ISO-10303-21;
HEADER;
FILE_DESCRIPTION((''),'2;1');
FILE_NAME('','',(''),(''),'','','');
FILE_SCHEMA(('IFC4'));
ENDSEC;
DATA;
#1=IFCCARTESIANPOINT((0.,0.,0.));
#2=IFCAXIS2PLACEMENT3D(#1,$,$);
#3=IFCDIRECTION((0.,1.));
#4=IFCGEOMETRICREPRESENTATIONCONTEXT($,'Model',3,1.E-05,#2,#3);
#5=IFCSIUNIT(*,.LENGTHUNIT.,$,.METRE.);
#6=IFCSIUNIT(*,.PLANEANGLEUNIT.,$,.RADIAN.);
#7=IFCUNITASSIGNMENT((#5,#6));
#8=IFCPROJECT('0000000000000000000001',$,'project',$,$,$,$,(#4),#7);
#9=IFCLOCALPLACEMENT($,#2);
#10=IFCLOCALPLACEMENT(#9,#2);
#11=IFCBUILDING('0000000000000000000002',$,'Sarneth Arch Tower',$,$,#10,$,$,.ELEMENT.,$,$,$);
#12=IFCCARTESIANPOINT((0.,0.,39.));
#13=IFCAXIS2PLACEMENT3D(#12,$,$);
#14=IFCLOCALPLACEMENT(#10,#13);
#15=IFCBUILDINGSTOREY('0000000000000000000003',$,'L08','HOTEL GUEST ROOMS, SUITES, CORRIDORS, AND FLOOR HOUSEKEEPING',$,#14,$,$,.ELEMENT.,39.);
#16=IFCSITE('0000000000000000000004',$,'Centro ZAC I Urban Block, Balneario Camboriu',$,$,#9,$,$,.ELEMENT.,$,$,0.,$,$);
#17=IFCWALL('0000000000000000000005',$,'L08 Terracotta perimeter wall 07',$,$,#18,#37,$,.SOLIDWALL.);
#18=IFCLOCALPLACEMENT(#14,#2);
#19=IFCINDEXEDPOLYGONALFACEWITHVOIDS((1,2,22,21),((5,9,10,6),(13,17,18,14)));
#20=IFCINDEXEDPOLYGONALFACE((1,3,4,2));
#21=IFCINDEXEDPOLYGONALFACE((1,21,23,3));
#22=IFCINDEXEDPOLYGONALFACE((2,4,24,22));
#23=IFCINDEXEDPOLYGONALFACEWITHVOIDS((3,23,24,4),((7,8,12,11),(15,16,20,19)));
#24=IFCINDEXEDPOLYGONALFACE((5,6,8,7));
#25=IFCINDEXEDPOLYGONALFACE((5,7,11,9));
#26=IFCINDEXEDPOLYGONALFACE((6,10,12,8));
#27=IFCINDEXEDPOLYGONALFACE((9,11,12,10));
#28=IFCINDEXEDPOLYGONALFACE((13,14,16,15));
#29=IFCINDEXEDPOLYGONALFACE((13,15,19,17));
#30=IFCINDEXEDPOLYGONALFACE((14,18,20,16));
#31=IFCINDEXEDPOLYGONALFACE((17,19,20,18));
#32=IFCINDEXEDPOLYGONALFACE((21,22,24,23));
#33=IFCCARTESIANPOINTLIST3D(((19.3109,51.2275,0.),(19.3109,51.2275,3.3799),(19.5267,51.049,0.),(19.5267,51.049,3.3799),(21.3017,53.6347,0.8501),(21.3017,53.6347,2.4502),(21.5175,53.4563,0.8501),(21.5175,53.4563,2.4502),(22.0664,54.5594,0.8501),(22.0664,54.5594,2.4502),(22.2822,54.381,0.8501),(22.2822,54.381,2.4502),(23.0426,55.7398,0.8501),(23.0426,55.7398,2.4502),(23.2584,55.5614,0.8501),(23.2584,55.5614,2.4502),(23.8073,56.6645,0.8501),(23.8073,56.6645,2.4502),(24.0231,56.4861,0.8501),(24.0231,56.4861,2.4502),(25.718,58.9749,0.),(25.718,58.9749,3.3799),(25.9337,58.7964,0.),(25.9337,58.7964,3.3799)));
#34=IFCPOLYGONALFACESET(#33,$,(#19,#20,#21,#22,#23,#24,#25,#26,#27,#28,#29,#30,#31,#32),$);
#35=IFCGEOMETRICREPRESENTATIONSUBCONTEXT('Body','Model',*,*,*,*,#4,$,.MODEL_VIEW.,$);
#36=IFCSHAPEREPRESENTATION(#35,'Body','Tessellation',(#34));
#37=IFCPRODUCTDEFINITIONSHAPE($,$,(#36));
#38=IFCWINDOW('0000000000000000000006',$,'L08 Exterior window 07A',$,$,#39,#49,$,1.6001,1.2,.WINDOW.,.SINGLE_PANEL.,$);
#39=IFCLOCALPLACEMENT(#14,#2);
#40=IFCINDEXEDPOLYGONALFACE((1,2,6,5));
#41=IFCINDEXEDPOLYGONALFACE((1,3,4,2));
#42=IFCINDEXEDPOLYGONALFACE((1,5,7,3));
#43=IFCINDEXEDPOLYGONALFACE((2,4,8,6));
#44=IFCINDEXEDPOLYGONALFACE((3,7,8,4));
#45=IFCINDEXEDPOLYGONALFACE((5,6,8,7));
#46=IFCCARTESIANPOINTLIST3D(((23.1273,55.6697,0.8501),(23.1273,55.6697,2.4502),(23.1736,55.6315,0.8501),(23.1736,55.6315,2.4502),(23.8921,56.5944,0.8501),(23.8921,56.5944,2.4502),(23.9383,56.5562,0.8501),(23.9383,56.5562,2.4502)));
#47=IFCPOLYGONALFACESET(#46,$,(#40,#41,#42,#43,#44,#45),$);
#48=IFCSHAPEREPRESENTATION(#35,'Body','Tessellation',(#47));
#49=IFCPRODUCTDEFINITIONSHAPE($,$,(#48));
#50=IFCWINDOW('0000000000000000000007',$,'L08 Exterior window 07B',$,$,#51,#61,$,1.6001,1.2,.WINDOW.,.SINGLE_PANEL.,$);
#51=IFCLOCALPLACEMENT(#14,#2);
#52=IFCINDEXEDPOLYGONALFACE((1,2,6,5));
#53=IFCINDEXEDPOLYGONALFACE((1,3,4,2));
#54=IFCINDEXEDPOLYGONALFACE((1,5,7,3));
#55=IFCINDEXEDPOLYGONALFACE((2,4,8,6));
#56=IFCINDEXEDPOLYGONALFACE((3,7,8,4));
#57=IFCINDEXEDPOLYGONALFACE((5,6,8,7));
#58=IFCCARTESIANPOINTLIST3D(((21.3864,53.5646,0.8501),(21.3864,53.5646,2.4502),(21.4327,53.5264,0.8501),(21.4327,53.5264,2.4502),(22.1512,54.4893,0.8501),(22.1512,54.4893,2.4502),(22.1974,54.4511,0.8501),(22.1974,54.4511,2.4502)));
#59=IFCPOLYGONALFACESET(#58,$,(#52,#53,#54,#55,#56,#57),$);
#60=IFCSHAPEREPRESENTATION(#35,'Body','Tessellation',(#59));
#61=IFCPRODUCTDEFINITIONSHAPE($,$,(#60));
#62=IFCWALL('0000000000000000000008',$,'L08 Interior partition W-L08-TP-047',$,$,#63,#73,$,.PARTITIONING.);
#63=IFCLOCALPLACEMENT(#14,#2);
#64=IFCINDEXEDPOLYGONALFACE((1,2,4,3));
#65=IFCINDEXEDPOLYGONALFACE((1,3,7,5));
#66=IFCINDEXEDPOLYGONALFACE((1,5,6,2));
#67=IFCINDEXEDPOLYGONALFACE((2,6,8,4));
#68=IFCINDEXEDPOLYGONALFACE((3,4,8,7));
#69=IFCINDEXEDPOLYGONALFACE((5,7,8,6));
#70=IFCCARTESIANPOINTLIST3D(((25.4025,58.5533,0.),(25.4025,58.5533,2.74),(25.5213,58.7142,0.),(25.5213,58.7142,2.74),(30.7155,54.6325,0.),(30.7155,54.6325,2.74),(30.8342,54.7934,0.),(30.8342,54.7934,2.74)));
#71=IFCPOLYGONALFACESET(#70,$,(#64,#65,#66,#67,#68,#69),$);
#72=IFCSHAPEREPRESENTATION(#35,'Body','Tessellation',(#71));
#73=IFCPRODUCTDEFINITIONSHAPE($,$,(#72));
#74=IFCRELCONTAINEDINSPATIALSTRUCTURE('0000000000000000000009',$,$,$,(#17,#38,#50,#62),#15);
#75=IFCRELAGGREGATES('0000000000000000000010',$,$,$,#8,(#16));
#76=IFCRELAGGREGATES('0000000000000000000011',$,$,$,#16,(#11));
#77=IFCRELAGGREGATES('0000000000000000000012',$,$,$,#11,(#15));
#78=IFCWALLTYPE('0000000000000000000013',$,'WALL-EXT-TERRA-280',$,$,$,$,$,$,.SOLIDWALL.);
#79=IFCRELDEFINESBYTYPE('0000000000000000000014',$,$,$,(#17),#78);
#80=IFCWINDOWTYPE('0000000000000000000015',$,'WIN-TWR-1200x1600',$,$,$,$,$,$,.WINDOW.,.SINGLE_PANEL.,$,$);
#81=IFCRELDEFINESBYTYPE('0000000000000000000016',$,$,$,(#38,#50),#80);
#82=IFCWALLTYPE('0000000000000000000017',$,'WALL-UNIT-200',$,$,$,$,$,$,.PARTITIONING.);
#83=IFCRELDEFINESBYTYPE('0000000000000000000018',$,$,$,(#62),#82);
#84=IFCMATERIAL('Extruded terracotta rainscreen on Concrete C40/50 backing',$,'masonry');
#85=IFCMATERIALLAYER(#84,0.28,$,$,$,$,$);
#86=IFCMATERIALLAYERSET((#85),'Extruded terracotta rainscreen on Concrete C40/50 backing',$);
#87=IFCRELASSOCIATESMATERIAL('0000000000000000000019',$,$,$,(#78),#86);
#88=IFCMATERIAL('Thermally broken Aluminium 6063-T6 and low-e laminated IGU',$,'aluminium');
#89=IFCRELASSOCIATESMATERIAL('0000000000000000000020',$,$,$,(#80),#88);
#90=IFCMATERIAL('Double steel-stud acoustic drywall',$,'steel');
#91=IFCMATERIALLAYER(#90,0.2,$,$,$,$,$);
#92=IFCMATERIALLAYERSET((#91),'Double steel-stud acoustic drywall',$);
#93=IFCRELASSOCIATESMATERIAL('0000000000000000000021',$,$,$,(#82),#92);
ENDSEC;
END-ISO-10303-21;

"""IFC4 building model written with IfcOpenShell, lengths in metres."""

from ifc_helpers import new_model, si_unit, direction, frame, frame_2d, origin, place, context, subcontext, project, spatial, rectangle, extrude, material, layer, layer_set, type_object, element, fill, save


model = new_model("IFC4")

# Units and contexts
model_context = context("Model", 3, precision=1e-05, world=origin(), true_north=direction((0.0, 1.0)))
body_context = subcontext(model_context, "Body", "Model", "MODEL_VIEW")
ifc_project = project(units=[si_unit("LENGTHUNIT", "METRE"), si_unit("PLANEANGLEUNIT", "RADIAN")], contexts=[model_context])

# Site, building, storey
site_placement = place(None, origin())
site = spatial("IfcSite", under=ifc_project, at=site_placement, Name="Centro ZAC I Urban Block, Balneario Camboriu", CompositionType="ELEMENT", RefElevation=0.0)
building_placement = place(site_placement, origin())
building = spatial("IfcBuilding", under=site, at=building_placement, Name="Sarneth Arch Tower", CompositionType="ELEMENT")
storey_placement = place(building_placement, frame((0.0, 0.0, 39.0)))
storey = spatial("IfcBuildingStorey", under=building, at=storey_placement, Name="L08", Description="HOTEL GUEST ROOMS, SUITES, CORRIDORS, AND FLOOR HOUSEKEEPING", CompositionType="ELEMENT", Elevation=39.0)

# Wall, openings, windows
ifc_material_1 = material(Name="Extruded terracotta rainscreen on Concrete C40/50 backing", Category="masonry")
ifc_layer_1 = layer(ifc_material_1, 0.28)
ifc_layer_set_1 = layer_set([ifc_layer_1], Name="Extruded terracotta rainscreen on Concrete C40/50 backing")
wall_type_1 = type_object("IfcWallType", Name="WALL-EXT-TERRA-280", PredefinedType="SOLIDWALL", material=ifc_layer_set_1)
wall_1_placement = place(storey_placement, frame((25.8259, 58.8857, 0.0), z_axis=(0.0, 0.0, 1.0), x_axis=(-0.637297, -0.770618, 0.0)))
wall_1 = element("IfcWall", 1, at=wall_1_placement, inside=storey, type_object=wall_type_1, Name="L08 Terracotta perimeter wall 07", PredefinedType="SOLIDWALL", context=body_context, shape_type="SweptSolid", body=[
    extrude(rectangle(XDim=10.0535, YDim=0.28, at=frame_2d((5.0269, 0.0))), origin(), (0.0, 0.0, 1.0), 3.3799),
])
opening_1_placement = place(wall_1_placement, frame((2.998, 0.0, 0.8501)))
opening_1 = element("IfcOpeningElement", 2, at=opening_1_placement, cuts=wall_1, PredefinedType="OPENING", context=body_context, shape_type="SweptSolid", body=[
    extrude(rectangle(XDim=1.2, YDim=1.6001, at=frame_2d((0.6001, 0.8))), frame((0.0, 0.1499, 0.0), z_axis=(0.0, -1.0, 0.0), x_axis=(1.0, 0.0, 0.0)), (0.0, 0.0, 1.0), 0.3),
])
opening_2_placement = place(wall_1_placement, frame((5.7297, 0.0, 0.8501)))
opening_2 = element("IfcOpeningElement", 3, at=opening_2_placement, cuts=wall_1, PredefinedType="OPENING", context=body_context, shape_type="SweptSolid", body=[
    extrude(rectangle(XDim=1.2, YDim=1.6001, at=frame_2d((0.6001, 0.8))), frame((0.0, 0.1499, 0.0), z_axis=(0.0, -1.0, 0.0), x_axis=(1.0, 0.0, 0.0)), (0.0, 0.0, 1.0), 0.3),
])
ifc_material_2 = material(Name="Thermally broken Aluminium 6063-T6 and low-e laminated IGU", Category="aluminium")
window_type = type_object("IfcWindowType", Name="WIN-TWR-1200x1600", PartitioningType="SINGLE_PANEL", PredefinedType="WINDOW", material=ifc_material_2)
window_1_placement = place(opening_1_placement, origin())
window_1 = element("IfcWindow", 4, at=window_1_placement, inside=storey, type_object=window_type, Name="L08 Exterior window 07A", OverallHeight=1.6001, OverallWidth=1.2, PartitioningType="SINGLE_PANEL", PredefinedType="WINDOW", context=body_context, shape_type="SweptSolid", body=[
    extrude(rectangle(XDim=1.2, YDim=1.6001, at=frame_2d((0.6001, 0.8))), frame((0.0, 0.03, 0.0), z_axis=(0.0, -1.0, 0.0), x_axis=(1.0, 0.0, 0.0)), (0.0, 0.0, 1.0), 0.0601),
])
fill(opening_1, window_1)
window_2_placement = place(opening_2_placement, origin())
window_2 = element("IfcWindow", 5, at=window_2_placement, inside=storey, type_object=window_type, Name="L08 Exterior window 07B", OverallHeight=1.6001, OverallWidth=1.2, PartitioningType="SINGLE_PANEL", PredefinedType="WINDOW", context=body_context, shape_type="SweptSolid", body=[
    extrude(rectangle(XDim=1.2, YDim=1.6001, at=frame_2d((0.6001, 0.8))), frame((0.0, 0.03, 0.0), z_axis=(0.0, -1.0, 0.0), x_axis=(1.0, 0.0, 0.0)), (0.0, 0.0, 1.0), 0.0601),
])
fill(opening_2, window_2)

# Wall
ifc_material_3 = material(Name="Double steel-stud acoustic drywall", Category="steel")
ifc_layer_2 = layer(ifc_material_3, 0.2)
ifc_layer_set_2 = layer_set([ifc_layer_2], Name="Double steel-stud acoustic drywall")
wall_type_2 = type_object("IfcWallType", Name="WALL-UNIT-200", PredefinedType="PARTITIONING", material=ifc_layer_set_2)
wall_2_placement = place(storey_placement, frame((25.4619, 58.6338, 0.0), z_axis=(0.0, 0.0, 1.0), x_axis=(0.804617, -0.593794, 0.0)))
element("IfcWall", 6, at=wall_2_placement, inside=storey, type_object=wall_type_2, Name="L08 Interior partition W-L08-TP-047", PredefinedType="PARTITIONING", context=body_context, shape_type="SweptSolid", body=[
    extrude(rectangle(XDim=6.603, YDim=0.2, at=frame_2d((3.3015, 0.0))), origin(), (0.0, 0.0, 1.0), 2.74),
])

save(model, "model.ifc")
